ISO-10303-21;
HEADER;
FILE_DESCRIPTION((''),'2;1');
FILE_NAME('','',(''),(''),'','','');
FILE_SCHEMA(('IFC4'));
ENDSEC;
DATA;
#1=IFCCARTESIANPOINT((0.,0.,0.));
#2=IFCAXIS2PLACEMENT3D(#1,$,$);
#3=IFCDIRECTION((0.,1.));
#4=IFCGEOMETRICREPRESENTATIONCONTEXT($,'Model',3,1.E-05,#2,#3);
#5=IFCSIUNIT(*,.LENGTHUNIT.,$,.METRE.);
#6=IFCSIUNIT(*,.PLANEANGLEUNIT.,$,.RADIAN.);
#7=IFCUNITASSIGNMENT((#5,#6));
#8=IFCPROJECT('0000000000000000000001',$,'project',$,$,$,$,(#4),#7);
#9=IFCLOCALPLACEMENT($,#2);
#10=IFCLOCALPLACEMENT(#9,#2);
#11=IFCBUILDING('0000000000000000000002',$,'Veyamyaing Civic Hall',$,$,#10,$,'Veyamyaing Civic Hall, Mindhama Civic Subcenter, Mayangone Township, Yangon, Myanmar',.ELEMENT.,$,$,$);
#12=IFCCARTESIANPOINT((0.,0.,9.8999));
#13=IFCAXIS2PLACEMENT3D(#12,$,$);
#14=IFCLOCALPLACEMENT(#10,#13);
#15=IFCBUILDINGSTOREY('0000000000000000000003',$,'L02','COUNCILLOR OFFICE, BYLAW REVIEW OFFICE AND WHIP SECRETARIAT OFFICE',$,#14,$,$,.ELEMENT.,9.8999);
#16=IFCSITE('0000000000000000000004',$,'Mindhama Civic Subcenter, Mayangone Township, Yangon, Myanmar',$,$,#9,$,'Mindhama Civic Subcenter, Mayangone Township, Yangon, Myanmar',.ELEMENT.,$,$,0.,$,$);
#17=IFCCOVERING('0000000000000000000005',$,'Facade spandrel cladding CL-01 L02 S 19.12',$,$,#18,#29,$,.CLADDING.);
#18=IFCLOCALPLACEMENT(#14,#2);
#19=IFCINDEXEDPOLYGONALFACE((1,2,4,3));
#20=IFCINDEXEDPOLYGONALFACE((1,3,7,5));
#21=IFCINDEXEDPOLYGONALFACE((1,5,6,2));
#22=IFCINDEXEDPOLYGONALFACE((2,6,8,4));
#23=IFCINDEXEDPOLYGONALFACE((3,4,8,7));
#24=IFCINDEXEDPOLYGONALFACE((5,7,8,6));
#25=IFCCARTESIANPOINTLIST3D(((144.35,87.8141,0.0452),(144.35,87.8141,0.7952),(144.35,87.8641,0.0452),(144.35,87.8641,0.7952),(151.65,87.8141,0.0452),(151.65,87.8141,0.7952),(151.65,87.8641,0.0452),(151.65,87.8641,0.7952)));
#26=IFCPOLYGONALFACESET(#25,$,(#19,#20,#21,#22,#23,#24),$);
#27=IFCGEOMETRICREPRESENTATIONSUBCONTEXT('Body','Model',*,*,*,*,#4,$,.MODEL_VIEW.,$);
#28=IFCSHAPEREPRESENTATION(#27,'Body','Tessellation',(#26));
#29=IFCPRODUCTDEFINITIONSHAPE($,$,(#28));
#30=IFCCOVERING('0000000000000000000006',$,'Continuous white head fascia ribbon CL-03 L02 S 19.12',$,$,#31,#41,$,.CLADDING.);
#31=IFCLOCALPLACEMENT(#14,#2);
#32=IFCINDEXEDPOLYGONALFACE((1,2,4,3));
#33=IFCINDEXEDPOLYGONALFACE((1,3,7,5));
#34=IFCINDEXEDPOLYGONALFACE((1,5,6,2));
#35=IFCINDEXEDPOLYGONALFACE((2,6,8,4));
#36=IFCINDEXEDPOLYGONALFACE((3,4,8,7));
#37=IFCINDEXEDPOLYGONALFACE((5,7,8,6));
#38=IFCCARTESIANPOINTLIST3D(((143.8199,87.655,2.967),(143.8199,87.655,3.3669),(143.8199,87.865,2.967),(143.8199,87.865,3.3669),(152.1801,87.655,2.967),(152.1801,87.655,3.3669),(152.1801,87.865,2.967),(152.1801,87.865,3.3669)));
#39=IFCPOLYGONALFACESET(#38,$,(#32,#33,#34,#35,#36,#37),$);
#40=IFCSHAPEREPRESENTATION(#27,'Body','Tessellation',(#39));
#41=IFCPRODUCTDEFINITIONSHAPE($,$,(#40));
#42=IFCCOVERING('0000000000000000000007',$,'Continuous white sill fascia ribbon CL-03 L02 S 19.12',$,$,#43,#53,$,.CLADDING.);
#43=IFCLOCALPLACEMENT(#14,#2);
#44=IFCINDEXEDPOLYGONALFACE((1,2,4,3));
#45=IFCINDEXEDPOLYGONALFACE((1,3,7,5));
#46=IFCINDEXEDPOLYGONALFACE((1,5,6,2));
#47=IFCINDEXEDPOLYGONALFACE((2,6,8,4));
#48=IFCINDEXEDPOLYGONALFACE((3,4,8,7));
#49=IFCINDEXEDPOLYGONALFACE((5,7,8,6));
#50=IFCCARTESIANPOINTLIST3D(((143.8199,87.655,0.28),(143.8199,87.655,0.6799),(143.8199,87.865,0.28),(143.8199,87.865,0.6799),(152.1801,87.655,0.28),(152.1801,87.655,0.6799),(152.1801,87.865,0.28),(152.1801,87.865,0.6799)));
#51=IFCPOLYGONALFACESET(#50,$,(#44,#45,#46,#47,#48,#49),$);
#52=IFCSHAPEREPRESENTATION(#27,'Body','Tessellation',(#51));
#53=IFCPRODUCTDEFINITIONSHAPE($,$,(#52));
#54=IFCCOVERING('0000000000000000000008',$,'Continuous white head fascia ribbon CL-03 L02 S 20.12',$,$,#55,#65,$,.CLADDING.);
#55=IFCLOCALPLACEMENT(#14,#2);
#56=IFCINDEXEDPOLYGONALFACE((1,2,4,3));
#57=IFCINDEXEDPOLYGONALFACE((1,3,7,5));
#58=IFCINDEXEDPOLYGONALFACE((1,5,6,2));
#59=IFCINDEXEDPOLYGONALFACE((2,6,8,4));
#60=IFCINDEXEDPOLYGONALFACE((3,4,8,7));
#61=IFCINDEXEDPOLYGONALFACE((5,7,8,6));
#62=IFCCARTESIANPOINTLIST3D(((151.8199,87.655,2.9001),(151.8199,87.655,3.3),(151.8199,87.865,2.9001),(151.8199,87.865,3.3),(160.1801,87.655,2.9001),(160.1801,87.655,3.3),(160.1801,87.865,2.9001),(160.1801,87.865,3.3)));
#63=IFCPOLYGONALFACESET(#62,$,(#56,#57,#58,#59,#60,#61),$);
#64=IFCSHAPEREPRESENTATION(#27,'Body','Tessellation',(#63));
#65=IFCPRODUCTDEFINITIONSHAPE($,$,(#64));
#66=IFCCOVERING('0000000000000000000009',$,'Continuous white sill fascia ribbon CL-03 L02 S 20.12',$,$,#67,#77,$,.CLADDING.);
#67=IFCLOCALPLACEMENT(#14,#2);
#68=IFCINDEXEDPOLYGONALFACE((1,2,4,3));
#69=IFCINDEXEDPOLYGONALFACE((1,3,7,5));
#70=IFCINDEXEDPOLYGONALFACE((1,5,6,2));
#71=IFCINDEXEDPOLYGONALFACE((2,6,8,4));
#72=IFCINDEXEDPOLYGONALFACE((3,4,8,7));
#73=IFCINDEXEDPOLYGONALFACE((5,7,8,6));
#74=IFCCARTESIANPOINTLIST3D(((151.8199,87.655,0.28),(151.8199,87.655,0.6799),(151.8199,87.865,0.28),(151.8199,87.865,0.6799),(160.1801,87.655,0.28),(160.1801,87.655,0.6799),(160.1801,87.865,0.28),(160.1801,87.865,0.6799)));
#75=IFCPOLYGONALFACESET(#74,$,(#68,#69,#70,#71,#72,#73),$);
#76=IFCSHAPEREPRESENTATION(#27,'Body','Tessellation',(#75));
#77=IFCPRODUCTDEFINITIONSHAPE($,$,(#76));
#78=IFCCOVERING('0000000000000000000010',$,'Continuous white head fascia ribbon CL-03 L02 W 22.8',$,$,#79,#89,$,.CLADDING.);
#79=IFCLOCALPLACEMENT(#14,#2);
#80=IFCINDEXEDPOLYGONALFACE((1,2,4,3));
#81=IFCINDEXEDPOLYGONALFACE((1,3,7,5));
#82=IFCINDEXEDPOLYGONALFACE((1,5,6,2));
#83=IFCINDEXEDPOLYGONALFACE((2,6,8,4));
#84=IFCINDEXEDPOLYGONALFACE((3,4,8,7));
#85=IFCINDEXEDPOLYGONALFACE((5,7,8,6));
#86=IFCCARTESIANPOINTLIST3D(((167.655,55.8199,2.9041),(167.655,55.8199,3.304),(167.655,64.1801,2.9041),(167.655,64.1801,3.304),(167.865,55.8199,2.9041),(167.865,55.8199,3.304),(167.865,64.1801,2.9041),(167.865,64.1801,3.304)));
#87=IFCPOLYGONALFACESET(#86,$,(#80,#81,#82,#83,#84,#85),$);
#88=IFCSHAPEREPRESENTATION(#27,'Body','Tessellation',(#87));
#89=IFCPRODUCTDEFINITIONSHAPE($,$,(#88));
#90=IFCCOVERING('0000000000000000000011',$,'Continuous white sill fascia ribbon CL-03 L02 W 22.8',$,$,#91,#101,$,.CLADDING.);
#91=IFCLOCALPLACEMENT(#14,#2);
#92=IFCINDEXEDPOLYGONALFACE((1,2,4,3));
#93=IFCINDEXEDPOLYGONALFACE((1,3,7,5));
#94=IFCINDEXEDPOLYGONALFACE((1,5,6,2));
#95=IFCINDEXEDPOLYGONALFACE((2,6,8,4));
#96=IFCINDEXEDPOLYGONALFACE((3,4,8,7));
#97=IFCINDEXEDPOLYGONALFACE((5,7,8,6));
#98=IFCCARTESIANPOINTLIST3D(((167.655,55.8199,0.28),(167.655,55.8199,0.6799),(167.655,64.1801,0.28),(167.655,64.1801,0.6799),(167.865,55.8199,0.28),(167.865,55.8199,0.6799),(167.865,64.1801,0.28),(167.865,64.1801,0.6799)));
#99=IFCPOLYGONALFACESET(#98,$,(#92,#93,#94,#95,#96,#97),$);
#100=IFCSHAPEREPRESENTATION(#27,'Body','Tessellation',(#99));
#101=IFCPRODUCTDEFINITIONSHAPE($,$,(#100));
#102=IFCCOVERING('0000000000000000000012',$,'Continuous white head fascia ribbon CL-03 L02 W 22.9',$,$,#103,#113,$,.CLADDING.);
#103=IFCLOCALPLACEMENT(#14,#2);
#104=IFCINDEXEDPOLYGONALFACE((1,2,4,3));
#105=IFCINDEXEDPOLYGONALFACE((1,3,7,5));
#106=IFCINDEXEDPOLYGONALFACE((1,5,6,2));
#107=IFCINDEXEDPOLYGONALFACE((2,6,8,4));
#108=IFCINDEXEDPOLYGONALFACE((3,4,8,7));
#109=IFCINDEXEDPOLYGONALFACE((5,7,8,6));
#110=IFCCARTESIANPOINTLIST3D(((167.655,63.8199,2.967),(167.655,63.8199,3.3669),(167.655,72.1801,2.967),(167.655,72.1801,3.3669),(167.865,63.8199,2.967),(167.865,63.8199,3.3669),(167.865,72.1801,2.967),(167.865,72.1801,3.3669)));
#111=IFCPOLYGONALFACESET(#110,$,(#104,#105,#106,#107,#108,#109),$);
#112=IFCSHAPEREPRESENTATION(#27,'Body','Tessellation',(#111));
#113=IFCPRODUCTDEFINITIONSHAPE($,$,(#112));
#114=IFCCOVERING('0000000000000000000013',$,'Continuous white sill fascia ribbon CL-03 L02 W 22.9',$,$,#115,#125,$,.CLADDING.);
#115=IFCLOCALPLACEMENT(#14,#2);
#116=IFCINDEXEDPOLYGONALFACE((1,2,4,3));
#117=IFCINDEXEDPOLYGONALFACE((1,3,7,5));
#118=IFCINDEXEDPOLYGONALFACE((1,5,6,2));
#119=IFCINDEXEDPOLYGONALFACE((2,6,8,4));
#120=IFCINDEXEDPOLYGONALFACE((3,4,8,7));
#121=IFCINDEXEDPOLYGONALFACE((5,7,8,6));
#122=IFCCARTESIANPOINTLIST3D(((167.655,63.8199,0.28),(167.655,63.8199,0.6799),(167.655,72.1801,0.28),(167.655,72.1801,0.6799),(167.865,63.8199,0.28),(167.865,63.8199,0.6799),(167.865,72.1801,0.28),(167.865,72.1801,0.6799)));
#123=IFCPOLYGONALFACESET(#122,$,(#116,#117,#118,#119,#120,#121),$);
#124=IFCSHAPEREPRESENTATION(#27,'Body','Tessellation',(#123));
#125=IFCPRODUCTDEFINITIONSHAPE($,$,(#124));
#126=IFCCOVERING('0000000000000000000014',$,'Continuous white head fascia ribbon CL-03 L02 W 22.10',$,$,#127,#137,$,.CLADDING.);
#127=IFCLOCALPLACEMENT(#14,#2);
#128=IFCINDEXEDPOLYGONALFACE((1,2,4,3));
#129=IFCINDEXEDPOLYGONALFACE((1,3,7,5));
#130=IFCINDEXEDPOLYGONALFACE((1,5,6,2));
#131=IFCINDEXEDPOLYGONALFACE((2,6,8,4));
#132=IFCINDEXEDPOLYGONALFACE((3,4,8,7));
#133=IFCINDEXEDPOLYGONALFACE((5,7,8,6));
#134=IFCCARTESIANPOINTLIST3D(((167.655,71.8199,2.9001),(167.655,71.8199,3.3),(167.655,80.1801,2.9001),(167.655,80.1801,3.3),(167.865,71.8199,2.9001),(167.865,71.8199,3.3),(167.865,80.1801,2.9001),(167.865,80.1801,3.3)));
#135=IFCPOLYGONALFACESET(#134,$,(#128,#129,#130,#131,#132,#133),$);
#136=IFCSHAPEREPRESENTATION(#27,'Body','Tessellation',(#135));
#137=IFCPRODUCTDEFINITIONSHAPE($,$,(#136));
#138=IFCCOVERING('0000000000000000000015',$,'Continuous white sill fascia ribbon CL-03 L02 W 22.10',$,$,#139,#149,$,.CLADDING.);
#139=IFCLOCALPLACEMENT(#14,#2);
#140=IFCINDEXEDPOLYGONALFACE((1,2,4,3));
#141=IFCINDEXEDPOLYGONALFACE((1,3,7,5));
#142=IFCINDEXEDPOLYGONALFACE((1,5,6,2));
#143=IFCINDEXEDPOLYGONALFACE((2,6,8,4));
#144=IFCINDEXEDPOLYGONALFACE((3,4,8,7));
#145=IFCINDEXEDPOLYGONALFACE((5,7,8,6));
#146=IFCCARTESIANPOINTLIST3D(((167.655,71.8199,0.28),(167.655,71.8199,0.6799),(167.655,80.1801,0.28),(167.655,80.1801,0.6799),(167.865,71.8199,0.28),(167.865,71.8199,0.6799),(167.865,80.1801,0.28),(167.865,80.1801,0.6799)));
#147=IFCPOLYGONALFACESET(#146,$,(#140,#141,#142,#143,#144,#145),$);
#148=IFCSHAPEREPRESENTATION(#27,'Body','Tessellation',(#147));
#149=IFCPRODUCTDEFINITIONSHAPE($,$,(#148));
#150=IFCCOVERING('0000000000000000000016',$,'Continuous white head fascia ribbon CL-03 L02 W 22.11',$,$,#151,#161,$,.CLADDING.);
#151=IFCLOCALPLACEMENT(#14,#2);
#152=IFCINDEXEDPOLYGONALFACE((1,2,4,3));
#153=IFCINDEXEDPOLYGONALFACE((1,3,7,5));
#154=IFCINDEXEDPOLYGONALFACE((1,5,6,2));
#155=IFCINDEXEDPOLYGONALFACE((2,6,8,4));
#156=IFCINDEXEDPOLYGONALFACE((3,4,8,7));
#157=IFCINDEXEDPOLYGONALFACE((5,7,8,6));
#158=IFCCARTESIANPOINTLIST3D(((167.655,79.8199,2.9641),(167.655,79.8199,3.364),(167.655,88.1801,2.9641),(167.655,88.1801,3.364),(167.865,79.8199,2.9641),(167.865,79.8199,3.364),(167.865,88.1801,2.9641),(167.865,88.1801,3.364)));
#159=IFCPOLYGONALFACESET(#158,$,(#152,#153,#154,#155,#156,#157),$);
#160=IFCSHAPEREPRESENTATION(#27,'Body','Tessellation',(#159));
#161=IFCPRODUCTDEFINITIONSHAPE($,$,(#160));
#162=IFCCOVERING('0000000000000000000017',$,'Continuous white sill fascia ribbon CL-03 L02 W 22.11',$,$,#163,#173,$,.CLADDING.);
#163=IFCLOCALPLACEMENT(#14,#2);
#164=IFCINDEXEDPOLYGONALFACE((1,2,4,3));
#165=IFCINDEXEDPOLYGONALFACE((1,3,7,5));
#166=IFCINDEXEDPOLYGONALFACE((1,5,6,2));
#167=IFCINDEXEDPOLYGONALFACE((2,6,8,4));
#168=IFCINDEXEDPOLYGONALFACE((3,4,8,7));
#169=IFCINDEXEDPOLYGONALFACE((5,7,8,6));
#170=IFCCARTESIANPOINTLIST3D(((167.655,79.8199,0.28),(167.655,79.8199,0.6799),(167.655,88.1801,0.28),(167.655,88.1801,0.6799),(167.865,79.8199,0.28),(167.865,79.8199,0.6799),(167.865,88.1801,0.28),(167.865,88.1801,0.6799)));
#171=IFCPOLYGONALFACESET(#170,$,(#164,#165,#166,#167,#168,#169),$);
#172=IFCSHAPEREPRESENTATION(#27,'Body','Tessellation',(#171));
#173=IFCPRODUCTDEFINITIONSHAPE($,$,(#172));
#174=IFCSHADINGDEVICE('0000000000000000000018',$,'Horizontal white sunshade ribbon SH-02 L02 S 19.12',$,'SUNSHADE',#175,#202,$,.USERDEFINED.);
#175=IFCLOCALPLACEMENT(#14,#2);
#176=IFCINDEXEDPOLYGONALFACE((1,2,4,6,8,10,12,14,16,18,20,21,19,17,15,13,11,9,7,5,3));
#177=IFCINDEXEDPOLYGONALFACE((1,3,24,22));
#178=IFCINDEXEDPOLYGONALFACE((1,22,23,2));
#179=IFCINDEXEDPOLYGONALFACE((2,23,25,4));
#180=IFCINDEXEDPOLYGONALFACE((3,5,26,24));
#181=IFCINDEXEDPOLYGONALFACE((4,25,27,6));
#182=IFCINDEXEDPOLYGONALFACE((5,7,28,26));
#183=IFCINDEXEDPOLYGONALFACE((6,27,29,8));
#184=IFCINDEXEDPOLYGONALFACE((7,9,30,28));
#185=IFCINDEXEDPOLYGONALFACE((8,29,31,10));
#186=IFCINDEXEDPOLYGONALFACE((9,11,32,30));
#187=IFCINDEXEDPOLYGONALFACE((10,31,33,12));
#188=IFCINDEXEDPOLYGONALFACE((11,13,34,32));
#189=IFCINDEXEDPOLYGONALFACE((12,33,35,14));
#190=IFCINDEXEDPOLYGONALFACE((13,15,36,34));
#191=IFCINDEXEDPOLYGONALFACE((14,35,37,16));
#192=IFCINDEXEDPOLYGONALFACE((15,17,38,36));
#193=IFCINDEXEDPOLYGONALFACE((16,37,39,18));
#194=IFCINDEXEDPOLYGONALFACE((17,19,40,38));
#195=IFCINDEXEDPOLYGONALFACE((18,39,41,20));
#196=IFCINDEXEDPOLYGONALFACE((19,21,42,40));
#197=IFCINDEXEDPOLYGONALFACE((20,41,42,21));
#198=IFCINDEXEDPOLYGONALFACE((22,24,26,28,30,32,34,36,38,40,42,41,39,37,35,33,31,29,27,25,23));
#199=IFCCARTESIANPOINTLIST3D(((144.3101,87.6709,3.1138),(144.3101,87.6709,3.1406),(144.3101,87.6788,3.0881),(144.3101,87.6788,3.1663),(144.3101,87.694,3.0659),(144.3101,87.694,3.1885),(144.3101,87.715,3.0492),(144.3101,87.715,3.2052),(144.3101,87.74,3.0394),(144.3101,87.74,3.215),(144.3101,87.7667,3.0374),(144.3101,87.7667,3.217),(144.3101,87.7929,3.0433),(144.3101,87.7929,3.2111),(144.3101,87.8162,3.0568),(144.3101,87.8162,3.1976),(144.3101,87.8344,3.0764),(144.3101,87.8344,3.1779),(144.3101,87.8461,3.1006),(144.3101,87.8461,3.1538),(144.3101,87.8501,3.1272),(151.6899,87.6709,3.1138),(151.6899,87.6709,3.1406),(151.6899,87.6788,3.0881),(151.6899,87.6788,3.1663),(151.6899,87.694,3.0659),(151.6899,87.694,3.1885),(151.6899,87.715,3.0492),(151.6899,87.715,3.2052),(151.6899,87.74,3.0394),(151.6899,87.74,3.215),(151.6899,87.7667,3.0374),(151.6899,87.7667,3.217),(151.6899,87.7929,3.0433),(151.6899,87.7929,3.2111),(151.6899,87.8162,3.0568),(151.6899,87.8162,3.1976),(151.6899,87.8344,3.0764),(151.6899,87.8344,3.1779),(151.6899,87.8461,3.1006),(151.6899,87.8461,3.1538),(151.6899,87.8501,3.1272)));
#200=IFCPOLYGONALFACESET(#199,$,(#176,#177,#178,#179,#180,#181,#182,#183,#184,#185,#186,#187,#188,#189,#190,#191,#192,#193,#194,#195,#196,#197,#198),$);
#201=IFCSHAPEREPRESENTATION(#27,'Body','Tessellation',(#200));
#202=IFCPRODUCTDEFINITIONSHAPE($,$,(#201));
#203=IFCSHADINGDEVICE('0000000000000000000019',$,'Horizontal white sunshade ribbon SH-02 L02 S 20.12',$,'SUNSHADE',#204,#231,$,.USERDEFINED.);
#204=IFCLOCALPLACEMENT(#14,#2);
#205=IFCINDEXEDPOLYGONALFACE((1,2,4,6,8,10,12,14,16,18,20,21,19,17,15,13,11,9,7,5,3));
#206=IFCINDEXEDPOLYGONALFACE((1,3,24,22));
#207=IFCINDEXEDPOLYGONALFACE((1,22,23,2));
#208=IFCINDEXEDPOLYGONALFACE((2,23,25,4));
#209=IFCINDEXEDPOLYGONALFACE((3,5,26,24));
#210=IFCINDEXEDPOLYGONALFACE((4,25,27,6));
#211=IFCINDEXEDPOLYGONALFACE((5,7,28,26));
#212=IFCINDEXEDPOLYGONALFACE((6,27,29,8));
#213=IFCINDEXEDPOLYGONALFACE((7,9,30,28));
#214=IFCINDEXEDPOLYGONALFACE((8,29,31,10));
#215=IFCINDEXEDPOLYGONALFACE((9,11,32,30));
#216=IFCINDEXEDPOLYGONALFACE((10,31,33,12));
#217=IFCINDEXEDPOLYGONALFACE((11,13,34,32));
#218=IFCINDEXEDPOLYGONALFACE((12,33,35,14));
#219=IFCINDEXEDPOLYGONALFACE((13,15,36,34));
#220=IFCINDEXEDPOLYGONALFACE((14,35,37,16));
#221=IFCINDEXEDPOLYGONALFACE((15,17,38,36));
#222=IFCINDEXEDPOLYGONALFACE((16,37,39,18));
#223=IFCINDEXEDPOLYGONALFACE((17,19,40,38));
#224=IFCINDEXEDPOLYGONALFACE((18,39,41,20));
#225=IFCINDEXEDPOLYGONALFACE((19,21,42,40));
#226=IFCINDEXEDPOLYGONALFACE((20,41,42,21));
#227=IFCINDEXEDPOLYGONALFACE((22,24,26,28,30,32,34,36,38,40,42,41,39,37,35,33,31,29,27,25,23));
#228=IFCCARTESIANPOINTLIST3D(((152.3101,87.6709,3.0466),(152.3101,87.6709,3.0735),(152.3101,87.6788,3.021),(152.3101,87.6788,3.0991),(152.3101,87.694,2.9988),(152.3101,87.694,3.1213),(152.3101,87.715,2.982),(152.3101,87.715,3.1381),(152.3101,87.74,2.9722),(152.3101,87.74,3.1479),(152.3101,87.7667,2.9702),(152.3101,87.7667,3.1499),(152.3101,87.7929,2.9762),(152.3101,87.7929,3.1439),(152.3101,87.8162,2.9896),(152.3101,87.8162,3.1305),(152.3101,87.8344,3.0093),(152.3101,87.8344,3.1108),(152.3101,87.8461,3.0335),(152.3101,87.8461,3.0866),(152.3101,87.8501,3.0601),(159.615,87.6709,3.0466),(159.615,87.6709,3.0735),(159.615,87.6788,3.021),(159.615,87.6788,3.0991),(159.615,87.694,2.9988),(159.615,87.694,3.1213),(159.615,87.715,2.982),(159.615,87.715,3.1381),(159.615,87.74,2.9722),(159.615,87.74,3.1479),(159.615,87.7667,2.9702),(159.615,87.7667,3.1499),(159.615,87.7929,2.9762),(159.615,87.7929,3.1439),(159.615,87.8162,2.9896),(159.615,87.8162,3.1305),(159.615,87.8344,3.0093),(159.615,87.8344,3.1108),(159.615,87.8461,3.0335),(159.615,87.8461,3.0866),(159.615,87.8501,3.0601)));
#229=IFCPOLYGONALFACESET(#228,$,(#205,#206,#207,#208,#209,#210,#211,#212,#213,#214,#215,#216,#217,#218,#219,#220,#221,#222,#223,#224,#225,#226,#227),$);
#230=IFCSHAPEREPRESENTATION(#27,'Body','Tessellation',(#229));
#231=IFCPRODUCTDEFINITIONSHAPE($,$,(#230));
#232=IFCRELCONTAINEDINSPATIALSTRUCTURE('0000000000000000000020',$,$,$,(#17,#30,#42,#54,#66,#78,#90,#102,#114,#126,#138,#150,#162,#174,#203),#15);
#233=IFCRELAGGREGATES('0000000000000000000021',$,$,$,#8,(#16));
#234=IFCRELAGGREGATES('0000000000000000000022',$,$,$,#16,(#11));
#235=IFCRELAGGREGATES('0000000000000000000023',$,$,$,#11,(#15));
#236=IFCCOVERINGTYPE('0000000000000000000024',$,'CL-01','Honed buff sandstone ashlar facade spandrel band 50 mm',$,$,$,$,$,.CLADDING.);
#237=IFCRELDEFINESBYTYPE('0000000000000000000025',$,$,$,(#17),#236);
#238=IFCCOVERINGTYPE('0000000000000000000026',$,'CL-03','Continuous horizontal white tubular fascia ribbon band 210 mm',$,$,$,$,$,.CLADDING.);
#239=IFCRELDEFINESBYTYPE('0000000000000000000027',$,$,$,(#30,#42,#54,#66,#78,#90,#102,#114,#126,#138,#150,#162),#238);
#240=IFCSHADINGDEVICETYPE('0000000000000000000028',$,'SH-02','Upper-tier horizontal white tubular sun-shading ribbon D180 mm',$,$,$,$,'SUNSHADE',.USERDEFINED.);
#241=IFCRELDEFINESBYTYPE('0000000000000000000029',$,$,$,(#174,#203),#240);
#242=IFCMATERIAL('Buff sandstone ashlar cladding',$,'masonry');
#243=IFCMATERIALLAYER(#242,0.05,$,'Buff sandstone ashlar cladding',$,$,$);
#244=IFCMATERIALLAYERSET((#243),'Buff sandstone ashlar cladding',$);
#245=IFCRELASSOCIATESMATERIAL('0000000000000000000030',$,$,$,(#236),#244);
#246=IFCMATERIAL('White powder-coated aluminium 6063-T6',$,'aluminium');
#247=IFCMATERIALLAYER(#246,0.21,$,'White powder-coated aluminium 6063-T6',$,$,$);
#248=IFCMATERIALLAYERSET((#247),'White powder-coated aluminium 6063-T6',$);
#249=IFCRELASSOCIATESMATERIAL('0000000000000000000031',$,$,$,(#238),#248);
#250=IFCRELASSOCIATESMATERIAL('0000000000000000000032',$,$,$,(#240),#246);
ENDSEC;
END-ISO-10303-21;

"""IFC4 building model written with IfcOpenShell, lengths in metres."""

from ifc_helpers import new_model, si_unit, direction, frame, origin, origin_2d, place, context, subcontext, project, spatial, rectangle, circle, extrude, material, layer, layer_set, material_profile, profile_set, type_object, element, save


model = new_model("IFC4")

# Units and contexts
model_context = context("Model", 3, precision=1e-05, world=origin(), true_north=direction((0.0, 1.0)))
body_context = subcontext(model_context, "Body", "Model", "MODEL_VIEW")
ifc_project = project(units=[si_unit("LENGTHUNIT", "METRE"), si_unit("PLANEANGLEUNIT", "RADIAN")], contexts=[model_context])

# Site, building, storey
site_placement = place(None, origin())
site = spatial("IfcSite", under=ifc_project, at=site_placement, Name="Mindhama Civic Subcenter, Mayangone Township, Yangon, Myanmar", LongName="Mindhama Civic Subcenter, Mayangone Township, Yangon, Myanmar", CompositionType="ELEMENT", RefElevation=0.0)
building_placement = place(site_placement, origin())
building = spatial("IfcBuilding", under=site, at=building_placement, Name="Veyamyaing Civic Hall", LongName="Veyamyaing Civic Hall, Mindhama Civic Subcenter, Mayangone Township, Yangon, Myanmar", CompositionType="ELEMENT")
storey_placement = place(building_placement, frame((0.0, 0.0, 9.8999)))
storey = spatial("IfcBuildingStorey", under=building, at=storey_placement, Name="L02", Description="COUNCILLOR OFFICE, BYLAW REVIEW OFFICE AND WHIP SECRETARIAT OFFICE", CompositionType="ELEMENT", Elevation=9.8999)

# Coverings
ifc_material_1 = material(Name="Buff sandstone ashlar cladding", Category="masonry")
ifc_layer_1 = layer(ifc_material_1, 0.05, Name="Buff sandstone ashlar cladding")
ifc_layer_set_1 = layer_set([ifc_layer_1], Name="Buff sandstone ashlar cladding")
covering_type_1 = type_object("IfcCoveringType", Name="CL-01", Description="Honed buff sandstone ashlar facade spandrel band 50 mm", PredefinedType="CLADDING", material=ifc_layer_set_1)
covering_placement = place(storey_placement, frame((148.0, 87.8391, 0.0452), z_axis=(0.0, 0.0, 1.0), x_axis=(1.0, 0.0, 0.0)))
element("IfcCovering", 1, at=covering_placement, inside=storey, type_object=covering_type_1, Name="Facade spandrel cladding CL-01 L02 S 19.12", PredefinedType="CLADDING", context=body_context, shape_type="SweptSolid", body=[
    extrude(rectangle(XDim=7.3, YDim=0.05, at=origin_2d()), origin(), (0.0, 0.0, 1.0), 0.75),
])
ifc_material_2 = material(Name="White powder-coated aluminium 6063-T6", Category="aluminium")
ifc_layer_2 = layer(ifc_material_2, 0.21, Name="White powder-coated aluminium 6063-T6")
ifc_layer_set_2 = layer_set([ifc_layer_2], Name="White powder-coated aluminium 6063-T6")
covering_type_2 = type_object("IfcCoveringType", Name="CL-03", Description="Continuous horizontal white tubular fascia ribbon band 210 mm", PredefinedType="CLADDING", material=ifc_layer_set_2)
for number, where, z_axis, x_axis, name in (
    (2, (148.0, 87.76, 2.967), (0.0, 0.0, 1.0), (1.0, 0.0, 0.0), "Continuous white head fascia ribbon CL-03 L02 S 19.12"),
    (3, (148.0, 87.76, 0.28), (0.0, 0.0, 1.0), (1.0, 0.0, 0.0), "Continuous white sill fascia ribbon CL-03 L02 S 19.12"),
    (4, (156.0, 87.76, 2.9001), (0.0, 0.0, 1.0), (1.0, 0.0, 0.0), "Continuous white head fascia ribbon CL-03 L02 S 20.12"),
    (5, (156.0, 87.76, 0.28), (0.0, 0.0, 1.0), (1.0, 0.0, 0.0), "Continuous white sill fascia ribbon CL-03 L02 S 20.12"),
    (6, (167.76, 60.0, 2.9041), (0.0, 0.0, 1.0), (0.0, 1.0, 0.0), "Continuous white head fascia ribbon CL-03 L02 W 22.8"),
    (7, (167.76, 60.0, 0.28), (0.0, 0.0, 1.0), (0.0, 1.0, 0.0), "Continuous white sill fascia ribbon CL-03 L02 W 22.8"),
    (8, (167.76, 68.0, 2.967), (0.0, 0.0, 1.0), (0.0, 1.0, 0.0), "Continuous white head fascia ribbon CL-03 L02 W 22.9"),
    (9, (167.76, 68.0, 0.28), (0.0, 0.0, 1.0), (0.0, 1.0, 0.0), "Continuous white sill fascia ribbon CL-03 L02 W 22.9"),
    (10, (167.76, 76.0, 2.9001), (0.0, 0.0, 1.0), (0.0, 1.0, 0.0), "Continuous white head fascia ribbon CL-03 L02 W 22.10"),
    (11, (167.76, 76.0, 0.28), (0.0, 0.0, 1.0), (0.0, 1.0, 0.0), "Continuous white sill fascia ribbon CL-03 L02 W 22.10"),
    (12, (167.76, 84.0, 2.9641), (0.0, 0.0, 1.0), (0.0, 1.0, 0.0), "Continuous white head fascia ribbon CL-03 L02 W 22.11"),
    (13, (167.76, 84.0, 0.28), (0.0, 0.0, 1.0), (0.0, 1.0, 0.0), "Continuous white sill fascia ribbon CL-03 L02 W 22.11"),
):
    element("IfcCovering", number, at=place(storey_placement, frame(where, z_axis=z_axis, x_axis=x_axis)), inside=storey, type_object=covering_type_2, Name=name, PredefinedType="CLADDING", context=body_context, shape_type="SweptSolid", body=[
        extrude(rectangle(XDim=8.3601, YDim=0.21, at=origin_2d()), origin(), (0.0, 0.0, 1.0), 0.3999),
    ])

# Shading devices
ifc_material_profile = material_profile(ifc_material_2, circle(Radius=0.0901, at=origin_2d()), Name="SHADE-TUBE-180")
ifc_profile_set = profile_set([ifc_material_profile], Name="White powder-coated aluminium 6063-T6")
shading_device_type = type_object("IfcShadingDeviceType", Name="SH-02", Description="Upper-tier horizontal white tubular sun-shading ribbon D180 mm", ElementType="SUNSHADE", PredefinedType="USERDEFINED", material=ifc_profile_set)
shading_device_1_placement = place(storey_placement, frame((144.3101, 87.76, 3.1272), z_axis=(1.0, 0.0, 0.0), x_axis=(0.0, 1.0, 0.0)))
element("IfcShadingDevice", 14, at=shading_device_1_placement, inside=storey, type_object=shading_device_type, Name="Horizontal white sunshade ribbon SH-02 L02 S 19.12", ObjectType="SUNSHADE", PredefinedType="USERDEFINED", context=body_context, shape_type="SweptSolid", body=[
    extrude(circle(Radius=0.0901, at=origin_2d()), origin(), (0.0, 0.0, 1.0), 7.3799),
])
shading_device_2_placement = place(storey_placement, frame((152.3101, 87.76, 3.0601), z_axis=(1.0, 0.0, 0.0), x_axis=(0.0, 1.0, 0.0)))
element("IfcShadingDevice", 15, at=shading_device_2_placement, inside=storey, type_object=shading_device_type, Name="Horizontal white sunshade ribbon SH-02 L02 S 20.12", ObjectType="SUNSHADE", PredefinedType="USERDEFINED", context=body_context, shape_type="SweptSolid", body=[
    extrude(circle(Radius=0.0901, at=origin_2d()), origin(), (0.0, 0.0, 1.0), 7.3049),
])

save(model, "model.ifc")
